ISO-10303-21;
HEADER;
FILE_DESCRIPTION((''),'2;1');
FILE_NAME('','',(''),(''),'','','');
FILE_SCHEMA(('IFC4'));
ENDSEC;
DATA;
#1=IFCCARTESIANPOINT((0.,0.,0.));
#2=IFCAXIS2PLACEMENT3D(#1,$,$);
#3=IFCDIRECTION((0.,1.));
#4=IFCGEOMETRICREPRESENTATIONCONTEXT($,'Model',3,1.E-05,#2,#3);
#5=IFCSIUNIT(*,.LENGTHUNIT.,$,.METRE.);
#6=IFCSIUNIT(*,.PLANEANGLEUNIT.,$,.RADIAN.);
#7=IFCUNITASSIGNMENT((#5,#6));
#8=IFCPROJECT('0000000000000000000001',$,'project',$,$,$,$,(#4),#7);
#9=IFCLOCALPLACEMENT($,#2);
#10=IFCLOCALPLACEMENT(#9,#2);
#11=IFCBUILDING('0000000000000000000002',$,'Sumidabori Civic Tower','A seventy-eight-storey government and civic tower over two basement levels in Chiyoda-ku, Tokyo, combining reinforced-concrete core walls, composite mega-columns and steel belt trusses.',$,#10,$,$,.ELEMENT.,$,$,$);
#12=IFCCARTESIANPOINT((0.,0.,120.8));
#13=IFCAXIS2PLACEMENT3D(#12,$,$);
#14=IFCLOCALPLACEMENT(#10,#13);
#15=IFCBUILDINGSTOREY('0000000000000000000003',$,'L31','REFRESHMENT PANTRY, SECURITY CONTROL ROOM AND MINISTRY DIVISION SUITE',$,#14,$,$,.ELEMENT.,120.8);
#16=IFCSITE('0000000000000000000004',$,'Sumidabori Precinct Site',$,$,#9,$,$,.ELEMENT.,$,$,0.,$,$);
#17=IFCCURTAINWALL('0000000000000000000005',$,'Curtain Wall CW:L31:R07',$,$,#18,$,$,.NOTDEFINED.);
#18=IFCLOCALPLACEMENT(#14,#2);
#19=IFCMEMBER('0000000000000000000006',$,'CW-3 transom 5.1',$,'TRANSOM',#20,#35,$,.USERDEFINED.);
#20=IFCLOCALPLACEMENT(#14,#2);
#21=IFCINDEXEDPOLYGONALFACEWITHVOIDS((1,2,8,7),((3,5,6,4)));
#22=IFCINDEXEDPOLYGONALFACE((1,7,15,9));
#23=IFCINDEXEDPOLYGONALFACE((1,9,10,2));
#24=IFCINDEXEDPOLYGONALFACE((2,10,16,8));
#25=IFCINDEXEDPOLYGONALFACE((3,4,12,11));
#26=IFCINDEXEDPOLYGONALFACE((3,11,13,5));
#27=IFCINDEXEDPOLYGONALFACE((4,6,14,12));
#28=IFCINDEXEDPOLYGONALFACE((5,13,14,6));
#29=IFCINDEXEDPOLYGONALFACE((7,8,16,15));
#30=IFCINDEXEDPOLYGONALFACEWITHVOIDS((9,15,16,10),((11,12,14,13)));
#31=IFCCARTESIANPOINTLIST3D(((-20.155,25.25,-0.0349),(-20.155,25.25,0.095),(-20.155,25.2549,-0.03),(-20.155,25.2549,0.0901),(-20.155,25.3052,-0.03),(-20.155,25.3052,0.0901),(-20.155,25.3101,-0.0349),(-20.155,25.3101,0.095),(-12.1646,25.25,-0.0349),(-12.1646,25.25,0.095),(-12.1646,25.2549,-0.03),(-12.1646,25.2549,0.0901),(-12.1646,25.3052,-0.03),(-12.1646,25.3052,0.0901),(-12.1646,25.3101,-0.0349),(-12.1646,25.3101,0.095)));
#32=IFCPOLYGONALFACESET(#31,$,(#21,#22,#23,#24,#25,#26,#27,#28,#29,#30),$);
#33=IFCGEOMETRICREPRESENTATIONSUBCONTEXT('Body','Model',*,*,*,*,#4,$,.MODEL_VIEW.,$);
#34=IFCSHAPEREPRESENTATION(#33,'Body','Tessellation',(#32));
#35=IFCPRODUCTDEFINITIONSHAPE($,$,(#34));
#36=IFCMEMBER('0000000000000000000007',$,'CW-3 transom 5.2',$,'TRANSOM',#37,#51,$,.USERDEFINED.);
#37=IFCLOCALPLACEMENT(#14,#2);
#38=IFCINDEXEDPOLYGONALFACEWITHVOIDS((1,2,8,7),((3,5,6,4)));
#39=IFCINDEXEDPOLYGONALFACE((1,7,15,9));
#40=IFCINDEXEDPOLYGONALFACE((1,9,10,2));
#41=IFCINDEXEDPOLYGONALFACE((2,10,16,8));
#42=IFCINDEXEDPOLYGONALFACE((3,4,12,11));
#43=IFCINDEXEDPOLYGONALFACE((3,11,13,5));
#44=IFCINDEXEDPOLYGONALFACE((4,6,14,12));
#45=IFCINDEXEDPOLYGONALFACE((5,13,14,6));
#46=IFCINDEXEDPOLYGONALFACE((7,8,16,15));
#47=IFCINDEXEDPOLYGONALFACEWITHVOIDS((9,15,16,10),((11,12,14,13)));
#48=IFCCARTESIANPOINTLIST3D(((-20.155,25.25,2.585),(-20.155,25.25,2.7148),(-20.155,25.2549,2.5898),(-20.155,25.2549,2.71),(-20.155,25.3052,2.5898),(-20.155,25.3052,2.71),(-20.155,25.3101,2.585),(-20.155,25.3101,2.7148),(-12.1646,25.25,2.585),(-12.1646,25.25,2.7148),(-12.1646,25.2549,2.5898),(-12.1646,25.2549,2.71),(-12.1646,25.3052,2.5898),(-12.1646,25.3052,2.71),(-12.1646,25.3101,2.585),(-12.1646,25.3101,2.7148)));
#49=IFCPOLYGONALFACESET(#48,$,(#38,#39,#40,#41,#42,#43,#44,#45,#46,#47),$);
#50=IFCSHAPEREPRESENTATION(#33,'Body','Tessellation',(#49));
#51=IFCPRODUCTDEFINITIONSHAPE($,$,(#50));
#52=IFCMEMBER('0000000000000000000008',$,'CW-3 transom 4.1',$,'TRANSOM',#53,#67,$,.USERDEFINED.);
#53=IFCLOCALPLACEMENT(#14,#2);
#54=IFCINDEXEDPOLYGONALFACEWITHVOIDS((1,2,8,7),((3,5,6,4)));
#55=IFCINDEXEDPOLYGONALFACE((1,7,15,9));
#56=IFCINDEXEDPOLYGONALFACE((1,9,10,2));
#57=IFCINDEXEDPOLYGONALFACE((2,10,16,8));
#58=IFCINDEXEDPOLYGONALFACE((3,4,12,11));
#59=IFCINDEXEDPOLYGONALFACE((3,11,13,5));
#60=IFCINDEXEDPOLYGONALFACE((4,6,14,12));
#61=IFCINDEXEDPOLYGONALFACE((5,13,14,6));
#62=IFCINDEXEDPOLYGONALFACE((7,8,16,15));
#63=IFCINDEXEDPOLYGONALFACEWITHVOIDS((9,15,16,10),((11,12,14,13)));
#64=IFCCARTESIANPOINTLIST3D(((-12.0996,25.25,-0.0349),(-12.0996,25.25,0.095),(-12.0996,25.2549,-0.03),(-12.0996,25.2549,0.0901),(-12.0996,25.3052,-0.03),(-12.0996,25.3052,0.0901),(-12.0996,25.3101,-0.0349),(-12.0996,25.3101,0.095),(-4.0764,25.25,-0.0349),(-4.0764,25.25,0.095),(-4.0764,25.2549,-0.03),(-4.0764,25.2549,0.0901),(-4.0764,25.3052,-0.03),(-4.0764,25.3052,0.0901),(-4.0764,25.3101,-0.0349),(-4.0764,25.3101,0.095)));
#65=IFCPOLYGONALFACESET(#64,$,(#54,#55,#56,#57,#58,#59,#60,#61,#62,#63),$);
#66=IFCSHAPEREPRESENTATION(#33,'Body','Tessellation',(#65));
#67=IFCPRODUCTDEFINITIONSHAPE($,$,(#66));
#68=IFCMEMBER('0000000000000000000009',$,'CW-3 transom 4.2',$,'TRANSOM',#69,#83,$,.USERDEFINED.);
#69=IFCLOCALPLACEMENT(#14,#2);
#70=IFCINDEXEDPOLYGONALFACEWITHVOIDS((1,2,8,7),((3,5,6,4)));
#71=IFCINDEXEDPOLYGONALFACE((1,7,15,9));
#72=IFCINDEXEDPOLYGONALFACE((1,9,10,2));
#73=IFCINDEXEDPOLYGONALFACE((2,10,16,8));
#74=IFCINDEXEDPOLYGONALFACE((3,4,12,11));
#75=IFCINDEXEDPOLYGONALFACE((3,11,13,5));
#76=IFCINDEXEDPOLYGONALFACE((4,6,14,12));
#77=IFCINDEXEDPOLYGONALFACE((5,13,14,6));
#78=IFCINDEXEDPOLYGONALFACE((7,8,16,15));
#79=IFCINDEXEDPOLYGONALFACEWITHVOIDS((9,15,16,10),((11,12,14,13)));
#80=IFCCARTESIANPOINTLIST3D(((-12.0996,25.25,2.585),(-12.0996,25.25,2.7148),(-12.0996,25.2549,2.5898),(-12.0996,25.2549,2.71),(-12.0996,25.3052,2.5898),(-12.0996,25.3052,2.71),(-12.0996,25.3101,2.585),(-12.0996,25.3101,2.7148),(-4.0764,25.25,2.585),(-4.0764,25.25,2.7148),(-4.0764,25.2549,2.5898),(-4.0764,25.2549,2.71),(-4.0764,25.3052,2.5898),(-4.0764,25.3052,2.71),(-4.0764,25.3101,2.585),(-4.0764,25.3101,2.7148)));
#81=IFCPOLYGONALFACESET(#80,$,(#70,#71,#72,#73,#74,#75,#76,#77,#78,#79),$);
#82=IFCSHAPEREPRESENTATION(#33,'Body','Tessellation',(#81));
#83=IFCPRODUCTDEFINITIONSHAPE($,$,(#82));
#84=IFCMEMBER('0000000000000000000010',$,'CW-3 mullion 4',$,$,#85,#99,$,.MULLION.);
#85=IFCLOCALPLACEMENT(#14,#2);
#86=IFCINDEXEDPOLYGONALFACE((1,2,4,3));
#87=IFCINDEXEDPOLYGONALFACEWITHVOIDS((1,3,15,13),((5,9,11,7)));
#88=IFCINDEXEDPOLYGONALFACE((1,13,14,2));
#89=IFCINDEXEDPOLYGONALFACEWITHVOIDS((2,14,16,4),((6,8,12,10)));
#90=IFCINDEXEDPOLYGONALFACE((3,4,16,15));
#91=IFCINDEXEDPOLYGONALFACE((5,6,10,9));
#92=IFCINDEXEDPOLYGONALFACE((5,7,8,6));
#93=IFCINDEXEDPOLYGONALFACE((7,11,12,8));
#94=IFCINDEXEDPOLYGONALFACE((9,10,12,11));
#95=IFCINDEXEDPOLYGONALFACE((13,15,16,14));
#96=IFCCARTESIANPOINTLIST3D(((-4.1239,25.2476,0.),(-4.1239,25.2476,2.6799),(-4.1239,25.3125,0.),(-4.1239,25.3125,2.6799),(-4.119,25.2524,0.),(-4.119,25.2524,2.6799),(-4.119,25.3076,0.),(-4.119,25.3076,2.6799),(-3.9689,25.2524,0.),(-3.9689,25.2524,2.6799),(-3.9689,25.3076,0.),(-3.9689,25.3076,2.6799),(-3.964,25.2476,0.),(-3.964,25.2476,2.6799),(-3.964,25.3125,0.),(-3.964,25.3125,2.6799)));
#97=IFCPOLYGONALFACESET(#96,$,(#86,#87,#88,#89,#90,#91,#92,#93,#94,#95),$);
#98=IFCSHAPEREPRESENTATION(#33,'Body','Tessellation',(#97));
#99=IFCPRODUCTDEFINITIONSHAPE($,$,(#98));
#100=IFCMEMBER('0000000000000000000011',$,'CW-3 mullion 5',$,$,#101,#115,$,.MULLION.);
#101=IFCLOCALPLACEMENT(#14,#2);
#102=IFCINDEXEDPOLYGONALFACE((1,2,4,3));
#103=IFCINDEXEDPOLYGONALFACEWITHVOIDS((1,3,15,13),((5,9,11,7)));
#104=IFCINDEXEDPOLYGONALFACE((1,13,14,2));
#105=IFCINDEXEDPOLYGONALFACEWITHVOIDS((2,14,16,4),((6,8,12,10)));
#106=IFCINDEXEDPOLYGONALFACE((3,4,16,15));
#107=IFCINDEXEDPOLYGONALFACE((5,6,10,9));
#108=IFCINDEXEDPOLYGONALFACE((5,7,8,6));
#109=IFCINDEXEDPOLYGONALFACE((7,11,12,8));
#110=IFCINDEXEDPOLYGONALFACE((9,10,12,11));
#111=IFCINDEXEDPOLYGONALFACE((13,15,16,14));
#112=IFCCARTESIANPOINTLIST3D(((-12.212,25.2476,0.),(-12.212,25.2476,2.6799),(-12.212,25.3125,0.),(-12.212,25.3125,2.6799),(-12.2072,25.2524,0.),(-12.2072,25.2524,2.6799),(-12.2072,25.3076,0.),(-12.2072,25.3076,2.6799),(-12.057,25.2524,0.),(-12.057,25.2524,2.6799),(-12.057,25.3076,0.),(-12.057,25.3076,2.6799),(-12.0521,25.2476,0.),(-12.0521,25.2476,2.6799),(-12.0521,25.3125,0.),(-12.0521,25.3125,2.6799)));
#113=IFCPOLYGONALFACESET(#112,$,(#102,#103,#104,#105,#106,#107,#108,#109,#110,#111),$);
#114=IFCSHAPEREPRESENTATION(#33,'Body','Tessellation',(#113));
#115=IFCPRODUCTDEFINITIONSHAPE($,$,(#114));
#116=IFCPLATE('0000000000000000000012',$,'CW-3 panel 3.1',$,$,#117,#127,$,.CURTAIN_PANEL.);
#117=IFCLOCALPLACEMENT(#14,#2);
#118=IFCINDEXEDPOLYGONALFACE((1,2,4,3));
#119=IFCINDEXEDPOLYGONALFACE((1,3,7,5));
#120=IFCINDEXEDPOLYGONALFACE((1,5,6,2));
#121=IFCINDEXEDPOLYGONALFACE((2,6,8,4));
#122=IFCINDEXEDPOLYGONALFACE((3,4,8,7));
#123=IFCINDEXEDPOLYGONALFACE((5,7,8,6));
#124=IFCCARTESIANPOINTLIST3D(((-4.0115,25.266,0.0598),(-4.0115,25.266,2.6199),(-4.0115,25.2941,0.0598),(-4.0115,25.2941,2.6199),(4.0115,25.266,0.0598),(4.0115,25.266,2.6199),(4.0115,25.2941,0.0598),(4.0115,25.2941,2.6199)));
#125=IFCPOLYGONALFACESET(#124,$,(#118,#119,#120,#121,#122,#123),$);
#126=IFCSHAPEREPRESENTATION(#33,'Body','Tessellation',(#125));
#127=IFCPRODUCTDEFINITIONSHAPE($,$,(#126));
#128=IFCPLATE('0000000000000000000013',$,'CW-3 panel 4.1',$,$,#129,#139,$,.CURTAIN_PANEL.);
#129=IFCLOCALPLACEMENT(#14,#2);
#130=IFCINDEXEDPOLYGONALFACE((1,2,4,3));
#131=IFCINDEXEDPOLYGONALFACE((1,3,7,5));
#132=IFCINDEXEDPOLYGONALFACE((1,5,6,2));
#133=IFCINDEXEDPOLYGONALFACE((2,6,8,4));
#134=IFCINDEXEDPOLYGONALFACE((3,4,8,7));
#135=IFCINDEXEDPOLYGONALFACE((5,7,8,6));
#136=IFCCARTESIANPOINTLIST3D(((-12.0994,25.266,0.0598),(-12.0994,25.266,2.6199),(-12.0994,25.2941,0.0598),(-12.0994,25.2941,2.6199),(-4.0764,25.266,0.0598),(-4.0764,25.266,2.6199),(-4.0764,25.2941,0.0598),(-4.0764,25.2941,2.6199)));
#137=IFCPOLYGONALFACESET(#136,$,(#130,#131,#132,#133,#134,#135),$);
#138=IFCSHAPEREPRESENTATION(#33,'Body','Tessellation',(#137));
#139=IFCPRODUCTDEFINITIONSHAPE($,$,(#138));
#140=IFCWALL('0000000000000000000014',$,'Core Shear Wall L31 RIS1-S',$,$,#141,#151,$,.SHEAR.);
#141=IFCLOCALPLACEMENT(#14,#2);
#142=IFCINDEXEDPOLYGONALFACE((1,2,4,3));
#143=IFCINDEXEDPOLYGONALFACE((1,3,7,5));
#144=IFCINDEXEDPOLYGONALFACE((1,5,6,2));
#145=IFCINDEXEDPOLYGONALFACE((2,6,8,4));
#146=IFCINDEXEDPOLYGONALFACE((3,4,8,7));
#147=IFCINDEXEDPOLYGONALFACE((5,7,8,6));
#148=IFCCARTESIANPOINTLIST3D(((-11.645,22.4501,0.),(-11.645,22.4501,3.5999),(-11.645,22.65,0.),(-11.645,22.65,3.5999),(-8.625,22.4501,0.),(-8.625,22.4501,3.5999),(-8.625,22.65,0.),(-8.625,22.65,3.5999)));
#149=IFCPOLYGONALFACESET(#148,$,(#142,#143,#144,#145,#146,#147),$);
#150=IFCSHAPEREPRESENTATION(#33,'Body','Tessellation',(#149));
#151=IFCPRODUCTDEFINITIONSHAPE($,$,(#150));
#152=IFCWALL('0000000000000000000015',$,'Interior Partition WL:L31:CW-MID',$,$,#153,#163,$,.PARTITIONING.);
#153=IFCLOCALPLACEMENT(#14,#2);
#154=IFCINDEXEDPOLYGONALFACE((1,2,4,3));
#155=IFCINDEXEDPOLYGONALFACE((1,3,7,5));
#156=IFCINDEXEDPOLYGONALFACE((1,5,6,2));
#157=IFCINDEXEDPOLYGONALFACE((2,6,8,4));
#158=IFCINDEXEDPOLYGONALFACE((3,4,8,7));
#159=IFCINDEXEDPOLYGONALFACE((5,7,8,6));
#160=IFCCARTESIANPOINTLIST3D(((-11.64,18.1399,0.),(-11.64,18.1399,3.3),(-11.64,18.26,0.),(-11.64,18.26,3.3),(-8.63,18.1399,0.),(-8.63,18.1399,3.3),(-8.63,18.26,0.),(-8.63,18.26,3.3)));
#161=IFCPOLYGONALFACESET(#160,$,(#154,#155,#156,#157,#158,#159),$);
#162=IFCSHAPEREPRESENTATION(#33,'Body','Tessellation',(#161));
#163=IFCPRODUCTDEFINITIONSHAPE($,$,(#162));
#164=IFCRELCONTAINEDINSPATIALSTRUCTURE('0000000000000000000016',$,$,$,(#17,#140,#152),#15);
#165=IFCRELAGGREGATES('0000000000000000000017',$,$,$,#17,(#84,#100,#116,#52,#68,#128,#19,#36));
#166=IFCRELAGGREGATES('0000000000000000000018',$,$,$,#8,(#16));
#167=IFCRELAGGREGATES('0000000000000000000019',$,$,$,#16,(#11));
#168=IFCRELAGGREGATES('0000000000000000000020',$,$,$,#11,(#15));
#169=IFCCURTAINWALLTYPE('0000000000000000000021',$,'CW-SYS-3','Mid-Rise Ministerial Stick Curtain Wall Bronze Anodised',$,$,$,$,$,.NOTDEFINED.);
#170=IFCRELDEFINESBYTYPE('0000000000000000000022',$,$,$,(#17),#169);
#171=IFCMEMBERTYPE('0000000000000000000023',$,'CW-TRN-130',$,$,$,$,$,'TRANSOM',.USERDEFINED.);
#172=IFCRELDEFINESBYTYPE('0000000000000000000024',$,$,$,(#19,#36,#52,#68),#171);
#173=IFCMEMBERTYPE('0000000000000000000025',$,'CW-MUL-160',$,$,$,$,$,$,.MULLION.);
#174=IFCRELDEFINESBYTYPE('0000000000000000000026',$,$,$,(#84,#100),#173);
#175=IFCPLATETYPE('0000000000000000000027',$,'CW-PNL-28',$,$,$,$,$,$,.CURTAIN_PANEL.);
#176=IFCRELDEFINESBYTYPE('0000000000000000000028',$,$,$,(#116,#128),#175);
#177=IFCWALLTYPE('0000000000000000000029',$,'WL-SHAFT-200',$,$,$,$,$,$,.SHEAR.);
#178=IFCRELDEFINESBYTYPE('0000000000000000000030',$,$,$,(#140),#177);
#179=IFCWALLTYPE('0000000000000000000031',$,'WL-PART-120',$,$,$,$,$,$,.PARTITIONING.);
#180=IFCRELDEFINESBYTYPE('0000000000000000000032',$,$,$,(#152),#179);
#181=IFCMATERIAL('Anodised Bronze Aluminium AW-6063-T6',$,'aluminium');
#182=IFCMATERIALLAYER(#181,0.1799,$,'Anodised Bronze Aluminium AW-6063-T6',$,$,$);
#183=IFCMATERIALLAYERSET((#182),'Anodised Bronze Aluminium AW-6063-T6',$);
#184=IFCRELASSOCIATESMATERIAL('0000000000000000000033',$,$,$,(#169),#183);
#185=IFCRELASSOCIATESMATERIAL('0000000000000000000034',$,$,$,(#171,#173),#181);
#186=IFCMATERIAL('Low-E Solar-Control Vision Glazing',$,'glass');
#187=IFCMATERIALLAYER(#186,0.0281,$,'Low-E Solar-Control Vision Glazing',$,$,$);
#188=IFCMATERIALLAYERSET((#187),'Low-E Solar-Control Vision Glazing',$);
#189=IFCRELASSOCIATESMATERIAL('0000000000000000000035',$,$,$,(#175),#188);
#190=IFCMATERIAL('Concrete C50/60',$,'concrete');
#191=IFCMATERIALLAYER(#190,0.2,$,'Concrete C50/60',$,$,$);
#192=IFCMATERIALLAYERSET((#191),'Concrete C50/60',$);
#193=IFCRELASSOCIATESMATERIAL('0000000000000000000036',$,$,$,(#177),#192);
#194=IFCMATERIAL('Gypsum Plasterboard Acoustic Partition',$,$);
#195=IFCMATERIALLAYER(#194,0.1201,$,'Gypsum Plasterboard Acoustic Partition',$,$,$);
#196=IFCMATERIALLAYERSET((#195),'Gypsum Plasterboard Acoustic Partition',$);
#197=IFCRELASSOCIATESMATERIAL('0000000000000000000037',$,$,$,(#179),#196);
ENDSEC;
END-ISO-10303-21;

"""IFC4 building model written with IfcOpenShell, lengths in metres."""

from ifc_helpers import new_model, si_unit, direction, frame, frame_2d, origin, origin_2d, place, context, subcontext, project, spatial, rectangle, hollow_rectangle, extrude, source, transform, mapped, material, layer, layer_set, material_profile, profile_set, type_object, element, aggregate, save


model = new_model("IFC4")

# Units and contexts
model_context = context("Model", 3, precision=1e-05, world=origin(), true_north=direction((0.0, 1.0)))
body_context = subcontext(model_context, "Body", "Model", "MODEL_VIEW")
ifc_project = project(units=[si_unit("LENGTHUNIT", "METRE"), si_unit("PLANEANGLEUNIT", "RADIAN")], contexts=[model_context])

# Site, building, storey
site_placement = place(None, origin())
site = spatial("IfcSite", under=ifc_project, at=site_placement, Name="Sumidabori Precinct Site", CompositionType="ELEMENT", RefElevation=0.0)
building_placement = place(site_placement, origin())
building = spatial("IfcBuilding", under=site, at=building_placement, Name="Sumidabori Civic Tower", Description="A seventy-eight-storey government and civic tower over two basement levels in Chiyoda-ku, Tokyo, combining reinforced-concrete core walls, composite mega-columns and steel belt trusses.", CompositionType="ELEMENT")
storey_placement = place(building_placement, frame((0.0, 0.0, 120.8)))
storey = spatial("IfcBuildingStorey", under=building, at=storey_placement, Name="L31", Description="REFRESHMENT PANTRY, SECURITY CONTROL ROOM AND MINISTRY DIVISION SUITE", CompositionType="ELEMENT", Elevation=120.8)

# Curtain wall, members, plates
ifc_material_1 = material(Name="Anodised Bronze Aluminium AW-6063-T6", Category="aluminium")
ifc_layer_1 = layer(ifc_material_1, 0.1799, Name="Anodised Bronze Aluminium AW-6063-T6")
ifc_layer_set_1 = layer_set([ifc_layer_1], Name="Anodised Bronze Aluminium AW-6063-T6")
curtain_wall_type = type_object("IfcCurtainWallType", Name="CW-SYS-3", Description="Mid-Rise Ministerial Stick Curtain Wall Bronze Anodised", PredefinedType="NOTDEFINED", material=ifc_layer_set_1)
curtain_wall_placement = place(storey_placement, origin())
curtain_wall = element("IfcCurtainWall", 1, at=curtain_wall_placement, inside=storey, type_object=curtain_wall_type, Name="Curtain Wall CW:L31:R07", PredefinedType="NOTDEFINED")
ifc_material_profile_1 = material_profile(ifc_material_1, hollow_rectangle(XDim=0.0601, YDim=0.1299, WallThickness=0.0049, at=origin_2d()), Name="ALU TRANSOM 130x60")
ifc_profile_set_1 = profile_set([ifc_material_profile_1], Name="Anodised Bronze Aluminium AW-6063-T6")
member_type_1 = type_object("IfcMemberType", Name="CW-TRN-130", ElementType="TRANSOM", PredefinedType="USERDEFINED", material=ifc_profile_set_1)
shared_shape_1 = source(origin(), body_context, "Body", "SweptSolid", [
    extrude(hollow_rectangle(XDim=0.0601, YDim=0.1299, WallThickness=0.0049, at=origin_2d()), origin(), (0.0, 0.0, 1.0), 7.9905),
])
member_1_placement = place(storey_placement, frame((-12.1646, 25.28, 0.03), z_axis=(-1.0, 0.0, 0.0), x_axis=(0.0, -1.0, 0.0)))
member_1 = element("IfcMember", 2, at=member_1_placement, type_object=member_type_1, Name="CW-3 transom 5.1", ObjectType="TRANSOM", PredefinedType="USERDEFINED", context=body_context, shape_type="MappedRepresentation", body=[
    mapped(shared_shape_1, transform((0.0, 0.0, 0.0), x_axis=(1.0, 0.0, 0.0), y_axis=(0.0, 1.0, 0.0), z_axis=(0.0, 0.0, 1.0), scale=1.0)),
])
member_2_placement = place(storey_placement, frame((-12.1646, 25.28, 2.6499), z_axis=(-1.0, 0.0, 0.0), x_axis=(0.0, -1.0, 0.0)))
member_2 = element("IfcMember", 3, at=member_2_placement, type_object=member_type_1, Name="CW-3 transom 5.2", ObjectType="TRANSOM", PredefinedType="USERDEFINED", context=body_context, shape_type="MappedRepresentation", body=[
    mapped(shared_shape_1, transform((0.0, 0.0, 0.0), x_axis=(1.0, 0.0, 0.0), y_axis=(0.0, 1.0, 0.0), z_axis=(0.0, 0.0, 1.0), scale=1.0)),
])
shared_shape_2 = source(origin(), body_context, "Body", "SweptSolid", [
    extrude(hollow_rectangle(XDim=0.0601, YDim=0.1299, WallThickness=0.0049, at=origin_2d()), origin(), (0.0, 0.0, 1.0), 8.0232),
])
member_3_placement = place(storey_placement, frame((-4.0764, 25.28, 0.03), z_axis=(-1.0, 0.0, 0.0), x_axis=(0.0, -1.0, 0.0)))
member_3 = element("IfcMember", 4, at=member_3_placement, type_object=member_type_1, Name="CW-3 transom 4.1", ObjectType="TRANSOM", PredefinedType="USERDEFINED", context=body_context, shape_type="MappedRepresentation", body=[
    mapped(shared_shape_2, transform((0.0, 0.0, 0.0), x_axis=(1.0, 0.0, 0.0), y_axis=(0.0, 1.0, 0.0), z_axis=(0.0, 0.0, 1.0), scale=1.0)),
])
member_4_placement = place(storey_placement, frame((-4.0764, 25.28, 2.6499), z_axis=(-1.0, 0.0, 0.0), x_axis=(0.0, -1.0, 0.0)))
member_4 = element("IfcMember", 5, at=member_4_placement, type_object=member_type_1, Name="CW-3 transom 4.2", ObjectType="TRANSOM", PredefinedType="USERDEFINED", context=body_context, shape_type="MappedRepresentation", body=[
    mapped(shared_shape_2, transform((0.0, 0.0, 0.0), x_axis=(1.0, 0.0, 0.0), y_axis=(0.0, 1.0, 0.0), z_axis=(0.0, 0.0, 1.0), scale=1.0)),
])
ifc_material_profile_2 = material_profile(ifc_material_1, hollow_rectangle(XDim=0.0649, YDim=0.1599, WallThickness=0.0049, at=origin_2d()), Name="ALU MULLION 160x65")
ifc_profile_set_2 = profile_set([ifc_material_profile_2], Name="Anodised Bronze Aluminium AW-6063-T6")
member_type_2 = type_object("IfcMemberType", Name="CW-MUL-160", PredefinedType="MULLION", material=ifc_profile_set_2)
shared_shape_3 = source(origin(), body_context, "Body", "SweptSolid", [
    extrude(hollow_rectangle(XDim=0.0649, YDim=0.1599, WallThickness=0.0049, at=origin_2d()), origin(), (0.0, 0.0, 1.0), 2.6799),
])
member_5_placement = place(storey_placement, frame((-4.0439, 25.28, 0.0), z_axis=(0.0, 0.0, 1.0), x_axis=(0.0, -1.0, 0.0)))
member_5 = element("IfcMember", 6, at=member_5_placement, type_object=member_type_2, Name="CW-3 mullion 4", PredefinedType="MULLION", context=body_context, shape_type="MappedRepresentation", body=[
    mapped(shared_shape_3, transform((0.0, 0.0, 0.0), x_axis=(1.0, 0.0, 0.0), y_axis=(0.0, 1.0, 0.0), z_axis=(0.0, 0.0, 1.0), scale=1.0)),
])
member_6_placement = place(storey_placement, frame((-12.1321, 25.28, 0.0), z_axis=(0.0, 0.0, 1.0), x_axis=(0.0, -1.0, 0.0)))
member_6 = element("IfcMember", 7, at=member_6_placement, type_object=member_type_2, Name="CW-3 mullion 5", PredefinedType="MULLION", context=body_context, shape_type="MappedRepresentation", body=[
    mapped(shared_shape_3, transform((0.0, 0.0, 0.0), x_axis=(1.0, 0.0, 0.0), y_axis=(0.0, 1.0, 0.0), z_axis=(0.0, 0.0, 1.0), scale=1.0)),
])
ifc_material_2 = material(Name="Low-E Solar-Control Vision Glazing", Category="glass")
ifc_layer_2 = layer(ifc_material_2, 0.0281, Name="Low-E Solar-Control Vision Glazing")
ifc_layer_set_2 = layer_set([ifc_layer_2], Name="Low-E Solar-Control Vision Glazing")
plate_type = type_object("IfcPlateType", Name="CW-PNL-28", PredefinedType="CURTAIN_PANEL", material=ifc_layer_set_2)
shared_shape_4 = source(origin(), body_context, "Body", "SweptSolid", [
    extrude(rectangle(XDim=8.0229, YDim=0.0281, at=origin_2d()), origin(), (0.0, 0.0, 1.0), 2.5601),
])
plate_1_placement = place(storey_placement, frame((0.0, 25.28, 0.0598), z_axis=(0.0, 0.0, 1.0), x_axis=(-1.0, 0.0, 0.0)))
plate_1 = element("IfcPlate", 8, at=plate_1_placement, type_object=plate_type, Name="CW-3 panel 3.1", PredefinedType="CURTAIN_PANEL", context=body_context, shape_type="MappedRepresentation", body=[
    mapped(shared_shape_4, transform((0.0, 0.0, 0.0), x_axis=(1.0, 0.0, 0.0), y_axis=(0.0, 1.0, 0.0), z_axis=(0.0, 0.0, 1.0), scale=1.0)),
])
plate_2_placement = place(storey_placement, frame((-8.0879, 25.28, 0.0598), z_axis=(0.0, 0.0, 1.0), x_axis=(-1.0, 0.0, 0.0)))
plate_2 = element("IfcPlate", 9, at=plate_2_placement, type_object=plate_type, Name="CW-3 panel 4.1", PredefinedType="CURTAIN_PANEL", context=body_context, shape_type="MappedRepresentation", body=[
    mapped(shared_shape_4, transform((0.0, 0.0, 0.0), x_axis=(1.0, 0.0, 0.0), y_axis=(0.0, 1.0, 0.0), z_axis=(0.0, 0.0, 1.0), scale=1.0)),
])
aggregate(curtain_wall, [member_5, member_6, plate_1, member_3, member_4, plate_2, member_1, member_2])

# Wall
ifc_material_3 = material(Name="Concrete C50/60", Category="concrete")
ifc_layer_3 = layer(ifc_material_3, 0.2, Name="Concrete C50/60")
ifc_layer_set_3 = layer_set([ifc_layer_3], Name="Concrete C50/60")
wall_type_1 = type_object("IfcWallType", Name="WL-SHAFT-200", PredefinedType="SHEAR", material=ifc_layer_set_3)
shared_shape_5 = source(origin(), body_context, "Body", "SweptSolid", [
    extrude(rectangle(XDim=3.02, YDim=0.2, at=frame_2d((1.51, 0.0))), origin(), (0.0, 0.0, 1.0), 3.5999),
])
wall_1_placement = place(storey_placement, frame((-11.645, 22.55, 0.0), z_axis=(0.0, 0.0, 1.0), x_axis=(1.0, 0.0, 0.0)))
element("IfcWall", 10, at=wall_1_placement, inside=storey, type_object=wall_type_1, Name="Core Shear Wall L31 RIS1-S", PredefinedType="SHEAR", context=body_context, shape_type="MappedRepresentation", body=[
    mapped(shared_shape_5, transform((0.0, 0.0, 0.0), x_axis=(1.0, 0.0, 0.0), y_axis=(0.0, 1.0, 0.0), z_axis=(0.0, 0.0, 1.0), scale=1.0)),
])

# Shared definitions
ifc_material_4 = material(Name="Gypsum Plasterboard Acoustic Partition")

# Wall
ifc_layer_4 = layer(ifc_material_4, 0.1201, Name="Gypsum Plasterboard Acoustic Partition")
ifc_layer_set_4 = layer_set([ifc_layer_4], Name="Gypsum Plasterboard Acoustic Partition")
wall_type_2 = type_object("IfcWallType", Name="WL-PART-120", PredefinedType="PARTITIONING", material=ifc_layer_set_4)
shared_shape_6 = source(origin(), body_context, "Body", "SweptSolid", [
    extrude(rectangle(XDim=3.01, YDim=0.1201, at=frame_2d((1.5049, 0.0))), origin(), (0.0, 0.0, 1.0), 3.3),
])
wall_2_placement = place(storey_placement, frame((-11.6399, 18.2, 0.0), z_axis=(0.0, 0.0, 1.0), x_axis=(1.0, 0.0, 0.0)))
element("IfcWall", 11, at=wall_2_placement, inside=storey, type_object=wall_type_2, Name="Interior Partition WL:L31:CW-MID", PredefinedType="PARTITIONING", context=body_context, shape_type="MappedRepresentation", body=[
    mapped(shared_shape_6, transform((0.0, 0.0, 0.0), x_axis=(1.0, 0.0, 0.0), y_axis=(0.0, 1.0, 0.0), z_axis=(0.0, 0.0, 1.0), scale=1.0)),
])

save(model, "model.ifc")
